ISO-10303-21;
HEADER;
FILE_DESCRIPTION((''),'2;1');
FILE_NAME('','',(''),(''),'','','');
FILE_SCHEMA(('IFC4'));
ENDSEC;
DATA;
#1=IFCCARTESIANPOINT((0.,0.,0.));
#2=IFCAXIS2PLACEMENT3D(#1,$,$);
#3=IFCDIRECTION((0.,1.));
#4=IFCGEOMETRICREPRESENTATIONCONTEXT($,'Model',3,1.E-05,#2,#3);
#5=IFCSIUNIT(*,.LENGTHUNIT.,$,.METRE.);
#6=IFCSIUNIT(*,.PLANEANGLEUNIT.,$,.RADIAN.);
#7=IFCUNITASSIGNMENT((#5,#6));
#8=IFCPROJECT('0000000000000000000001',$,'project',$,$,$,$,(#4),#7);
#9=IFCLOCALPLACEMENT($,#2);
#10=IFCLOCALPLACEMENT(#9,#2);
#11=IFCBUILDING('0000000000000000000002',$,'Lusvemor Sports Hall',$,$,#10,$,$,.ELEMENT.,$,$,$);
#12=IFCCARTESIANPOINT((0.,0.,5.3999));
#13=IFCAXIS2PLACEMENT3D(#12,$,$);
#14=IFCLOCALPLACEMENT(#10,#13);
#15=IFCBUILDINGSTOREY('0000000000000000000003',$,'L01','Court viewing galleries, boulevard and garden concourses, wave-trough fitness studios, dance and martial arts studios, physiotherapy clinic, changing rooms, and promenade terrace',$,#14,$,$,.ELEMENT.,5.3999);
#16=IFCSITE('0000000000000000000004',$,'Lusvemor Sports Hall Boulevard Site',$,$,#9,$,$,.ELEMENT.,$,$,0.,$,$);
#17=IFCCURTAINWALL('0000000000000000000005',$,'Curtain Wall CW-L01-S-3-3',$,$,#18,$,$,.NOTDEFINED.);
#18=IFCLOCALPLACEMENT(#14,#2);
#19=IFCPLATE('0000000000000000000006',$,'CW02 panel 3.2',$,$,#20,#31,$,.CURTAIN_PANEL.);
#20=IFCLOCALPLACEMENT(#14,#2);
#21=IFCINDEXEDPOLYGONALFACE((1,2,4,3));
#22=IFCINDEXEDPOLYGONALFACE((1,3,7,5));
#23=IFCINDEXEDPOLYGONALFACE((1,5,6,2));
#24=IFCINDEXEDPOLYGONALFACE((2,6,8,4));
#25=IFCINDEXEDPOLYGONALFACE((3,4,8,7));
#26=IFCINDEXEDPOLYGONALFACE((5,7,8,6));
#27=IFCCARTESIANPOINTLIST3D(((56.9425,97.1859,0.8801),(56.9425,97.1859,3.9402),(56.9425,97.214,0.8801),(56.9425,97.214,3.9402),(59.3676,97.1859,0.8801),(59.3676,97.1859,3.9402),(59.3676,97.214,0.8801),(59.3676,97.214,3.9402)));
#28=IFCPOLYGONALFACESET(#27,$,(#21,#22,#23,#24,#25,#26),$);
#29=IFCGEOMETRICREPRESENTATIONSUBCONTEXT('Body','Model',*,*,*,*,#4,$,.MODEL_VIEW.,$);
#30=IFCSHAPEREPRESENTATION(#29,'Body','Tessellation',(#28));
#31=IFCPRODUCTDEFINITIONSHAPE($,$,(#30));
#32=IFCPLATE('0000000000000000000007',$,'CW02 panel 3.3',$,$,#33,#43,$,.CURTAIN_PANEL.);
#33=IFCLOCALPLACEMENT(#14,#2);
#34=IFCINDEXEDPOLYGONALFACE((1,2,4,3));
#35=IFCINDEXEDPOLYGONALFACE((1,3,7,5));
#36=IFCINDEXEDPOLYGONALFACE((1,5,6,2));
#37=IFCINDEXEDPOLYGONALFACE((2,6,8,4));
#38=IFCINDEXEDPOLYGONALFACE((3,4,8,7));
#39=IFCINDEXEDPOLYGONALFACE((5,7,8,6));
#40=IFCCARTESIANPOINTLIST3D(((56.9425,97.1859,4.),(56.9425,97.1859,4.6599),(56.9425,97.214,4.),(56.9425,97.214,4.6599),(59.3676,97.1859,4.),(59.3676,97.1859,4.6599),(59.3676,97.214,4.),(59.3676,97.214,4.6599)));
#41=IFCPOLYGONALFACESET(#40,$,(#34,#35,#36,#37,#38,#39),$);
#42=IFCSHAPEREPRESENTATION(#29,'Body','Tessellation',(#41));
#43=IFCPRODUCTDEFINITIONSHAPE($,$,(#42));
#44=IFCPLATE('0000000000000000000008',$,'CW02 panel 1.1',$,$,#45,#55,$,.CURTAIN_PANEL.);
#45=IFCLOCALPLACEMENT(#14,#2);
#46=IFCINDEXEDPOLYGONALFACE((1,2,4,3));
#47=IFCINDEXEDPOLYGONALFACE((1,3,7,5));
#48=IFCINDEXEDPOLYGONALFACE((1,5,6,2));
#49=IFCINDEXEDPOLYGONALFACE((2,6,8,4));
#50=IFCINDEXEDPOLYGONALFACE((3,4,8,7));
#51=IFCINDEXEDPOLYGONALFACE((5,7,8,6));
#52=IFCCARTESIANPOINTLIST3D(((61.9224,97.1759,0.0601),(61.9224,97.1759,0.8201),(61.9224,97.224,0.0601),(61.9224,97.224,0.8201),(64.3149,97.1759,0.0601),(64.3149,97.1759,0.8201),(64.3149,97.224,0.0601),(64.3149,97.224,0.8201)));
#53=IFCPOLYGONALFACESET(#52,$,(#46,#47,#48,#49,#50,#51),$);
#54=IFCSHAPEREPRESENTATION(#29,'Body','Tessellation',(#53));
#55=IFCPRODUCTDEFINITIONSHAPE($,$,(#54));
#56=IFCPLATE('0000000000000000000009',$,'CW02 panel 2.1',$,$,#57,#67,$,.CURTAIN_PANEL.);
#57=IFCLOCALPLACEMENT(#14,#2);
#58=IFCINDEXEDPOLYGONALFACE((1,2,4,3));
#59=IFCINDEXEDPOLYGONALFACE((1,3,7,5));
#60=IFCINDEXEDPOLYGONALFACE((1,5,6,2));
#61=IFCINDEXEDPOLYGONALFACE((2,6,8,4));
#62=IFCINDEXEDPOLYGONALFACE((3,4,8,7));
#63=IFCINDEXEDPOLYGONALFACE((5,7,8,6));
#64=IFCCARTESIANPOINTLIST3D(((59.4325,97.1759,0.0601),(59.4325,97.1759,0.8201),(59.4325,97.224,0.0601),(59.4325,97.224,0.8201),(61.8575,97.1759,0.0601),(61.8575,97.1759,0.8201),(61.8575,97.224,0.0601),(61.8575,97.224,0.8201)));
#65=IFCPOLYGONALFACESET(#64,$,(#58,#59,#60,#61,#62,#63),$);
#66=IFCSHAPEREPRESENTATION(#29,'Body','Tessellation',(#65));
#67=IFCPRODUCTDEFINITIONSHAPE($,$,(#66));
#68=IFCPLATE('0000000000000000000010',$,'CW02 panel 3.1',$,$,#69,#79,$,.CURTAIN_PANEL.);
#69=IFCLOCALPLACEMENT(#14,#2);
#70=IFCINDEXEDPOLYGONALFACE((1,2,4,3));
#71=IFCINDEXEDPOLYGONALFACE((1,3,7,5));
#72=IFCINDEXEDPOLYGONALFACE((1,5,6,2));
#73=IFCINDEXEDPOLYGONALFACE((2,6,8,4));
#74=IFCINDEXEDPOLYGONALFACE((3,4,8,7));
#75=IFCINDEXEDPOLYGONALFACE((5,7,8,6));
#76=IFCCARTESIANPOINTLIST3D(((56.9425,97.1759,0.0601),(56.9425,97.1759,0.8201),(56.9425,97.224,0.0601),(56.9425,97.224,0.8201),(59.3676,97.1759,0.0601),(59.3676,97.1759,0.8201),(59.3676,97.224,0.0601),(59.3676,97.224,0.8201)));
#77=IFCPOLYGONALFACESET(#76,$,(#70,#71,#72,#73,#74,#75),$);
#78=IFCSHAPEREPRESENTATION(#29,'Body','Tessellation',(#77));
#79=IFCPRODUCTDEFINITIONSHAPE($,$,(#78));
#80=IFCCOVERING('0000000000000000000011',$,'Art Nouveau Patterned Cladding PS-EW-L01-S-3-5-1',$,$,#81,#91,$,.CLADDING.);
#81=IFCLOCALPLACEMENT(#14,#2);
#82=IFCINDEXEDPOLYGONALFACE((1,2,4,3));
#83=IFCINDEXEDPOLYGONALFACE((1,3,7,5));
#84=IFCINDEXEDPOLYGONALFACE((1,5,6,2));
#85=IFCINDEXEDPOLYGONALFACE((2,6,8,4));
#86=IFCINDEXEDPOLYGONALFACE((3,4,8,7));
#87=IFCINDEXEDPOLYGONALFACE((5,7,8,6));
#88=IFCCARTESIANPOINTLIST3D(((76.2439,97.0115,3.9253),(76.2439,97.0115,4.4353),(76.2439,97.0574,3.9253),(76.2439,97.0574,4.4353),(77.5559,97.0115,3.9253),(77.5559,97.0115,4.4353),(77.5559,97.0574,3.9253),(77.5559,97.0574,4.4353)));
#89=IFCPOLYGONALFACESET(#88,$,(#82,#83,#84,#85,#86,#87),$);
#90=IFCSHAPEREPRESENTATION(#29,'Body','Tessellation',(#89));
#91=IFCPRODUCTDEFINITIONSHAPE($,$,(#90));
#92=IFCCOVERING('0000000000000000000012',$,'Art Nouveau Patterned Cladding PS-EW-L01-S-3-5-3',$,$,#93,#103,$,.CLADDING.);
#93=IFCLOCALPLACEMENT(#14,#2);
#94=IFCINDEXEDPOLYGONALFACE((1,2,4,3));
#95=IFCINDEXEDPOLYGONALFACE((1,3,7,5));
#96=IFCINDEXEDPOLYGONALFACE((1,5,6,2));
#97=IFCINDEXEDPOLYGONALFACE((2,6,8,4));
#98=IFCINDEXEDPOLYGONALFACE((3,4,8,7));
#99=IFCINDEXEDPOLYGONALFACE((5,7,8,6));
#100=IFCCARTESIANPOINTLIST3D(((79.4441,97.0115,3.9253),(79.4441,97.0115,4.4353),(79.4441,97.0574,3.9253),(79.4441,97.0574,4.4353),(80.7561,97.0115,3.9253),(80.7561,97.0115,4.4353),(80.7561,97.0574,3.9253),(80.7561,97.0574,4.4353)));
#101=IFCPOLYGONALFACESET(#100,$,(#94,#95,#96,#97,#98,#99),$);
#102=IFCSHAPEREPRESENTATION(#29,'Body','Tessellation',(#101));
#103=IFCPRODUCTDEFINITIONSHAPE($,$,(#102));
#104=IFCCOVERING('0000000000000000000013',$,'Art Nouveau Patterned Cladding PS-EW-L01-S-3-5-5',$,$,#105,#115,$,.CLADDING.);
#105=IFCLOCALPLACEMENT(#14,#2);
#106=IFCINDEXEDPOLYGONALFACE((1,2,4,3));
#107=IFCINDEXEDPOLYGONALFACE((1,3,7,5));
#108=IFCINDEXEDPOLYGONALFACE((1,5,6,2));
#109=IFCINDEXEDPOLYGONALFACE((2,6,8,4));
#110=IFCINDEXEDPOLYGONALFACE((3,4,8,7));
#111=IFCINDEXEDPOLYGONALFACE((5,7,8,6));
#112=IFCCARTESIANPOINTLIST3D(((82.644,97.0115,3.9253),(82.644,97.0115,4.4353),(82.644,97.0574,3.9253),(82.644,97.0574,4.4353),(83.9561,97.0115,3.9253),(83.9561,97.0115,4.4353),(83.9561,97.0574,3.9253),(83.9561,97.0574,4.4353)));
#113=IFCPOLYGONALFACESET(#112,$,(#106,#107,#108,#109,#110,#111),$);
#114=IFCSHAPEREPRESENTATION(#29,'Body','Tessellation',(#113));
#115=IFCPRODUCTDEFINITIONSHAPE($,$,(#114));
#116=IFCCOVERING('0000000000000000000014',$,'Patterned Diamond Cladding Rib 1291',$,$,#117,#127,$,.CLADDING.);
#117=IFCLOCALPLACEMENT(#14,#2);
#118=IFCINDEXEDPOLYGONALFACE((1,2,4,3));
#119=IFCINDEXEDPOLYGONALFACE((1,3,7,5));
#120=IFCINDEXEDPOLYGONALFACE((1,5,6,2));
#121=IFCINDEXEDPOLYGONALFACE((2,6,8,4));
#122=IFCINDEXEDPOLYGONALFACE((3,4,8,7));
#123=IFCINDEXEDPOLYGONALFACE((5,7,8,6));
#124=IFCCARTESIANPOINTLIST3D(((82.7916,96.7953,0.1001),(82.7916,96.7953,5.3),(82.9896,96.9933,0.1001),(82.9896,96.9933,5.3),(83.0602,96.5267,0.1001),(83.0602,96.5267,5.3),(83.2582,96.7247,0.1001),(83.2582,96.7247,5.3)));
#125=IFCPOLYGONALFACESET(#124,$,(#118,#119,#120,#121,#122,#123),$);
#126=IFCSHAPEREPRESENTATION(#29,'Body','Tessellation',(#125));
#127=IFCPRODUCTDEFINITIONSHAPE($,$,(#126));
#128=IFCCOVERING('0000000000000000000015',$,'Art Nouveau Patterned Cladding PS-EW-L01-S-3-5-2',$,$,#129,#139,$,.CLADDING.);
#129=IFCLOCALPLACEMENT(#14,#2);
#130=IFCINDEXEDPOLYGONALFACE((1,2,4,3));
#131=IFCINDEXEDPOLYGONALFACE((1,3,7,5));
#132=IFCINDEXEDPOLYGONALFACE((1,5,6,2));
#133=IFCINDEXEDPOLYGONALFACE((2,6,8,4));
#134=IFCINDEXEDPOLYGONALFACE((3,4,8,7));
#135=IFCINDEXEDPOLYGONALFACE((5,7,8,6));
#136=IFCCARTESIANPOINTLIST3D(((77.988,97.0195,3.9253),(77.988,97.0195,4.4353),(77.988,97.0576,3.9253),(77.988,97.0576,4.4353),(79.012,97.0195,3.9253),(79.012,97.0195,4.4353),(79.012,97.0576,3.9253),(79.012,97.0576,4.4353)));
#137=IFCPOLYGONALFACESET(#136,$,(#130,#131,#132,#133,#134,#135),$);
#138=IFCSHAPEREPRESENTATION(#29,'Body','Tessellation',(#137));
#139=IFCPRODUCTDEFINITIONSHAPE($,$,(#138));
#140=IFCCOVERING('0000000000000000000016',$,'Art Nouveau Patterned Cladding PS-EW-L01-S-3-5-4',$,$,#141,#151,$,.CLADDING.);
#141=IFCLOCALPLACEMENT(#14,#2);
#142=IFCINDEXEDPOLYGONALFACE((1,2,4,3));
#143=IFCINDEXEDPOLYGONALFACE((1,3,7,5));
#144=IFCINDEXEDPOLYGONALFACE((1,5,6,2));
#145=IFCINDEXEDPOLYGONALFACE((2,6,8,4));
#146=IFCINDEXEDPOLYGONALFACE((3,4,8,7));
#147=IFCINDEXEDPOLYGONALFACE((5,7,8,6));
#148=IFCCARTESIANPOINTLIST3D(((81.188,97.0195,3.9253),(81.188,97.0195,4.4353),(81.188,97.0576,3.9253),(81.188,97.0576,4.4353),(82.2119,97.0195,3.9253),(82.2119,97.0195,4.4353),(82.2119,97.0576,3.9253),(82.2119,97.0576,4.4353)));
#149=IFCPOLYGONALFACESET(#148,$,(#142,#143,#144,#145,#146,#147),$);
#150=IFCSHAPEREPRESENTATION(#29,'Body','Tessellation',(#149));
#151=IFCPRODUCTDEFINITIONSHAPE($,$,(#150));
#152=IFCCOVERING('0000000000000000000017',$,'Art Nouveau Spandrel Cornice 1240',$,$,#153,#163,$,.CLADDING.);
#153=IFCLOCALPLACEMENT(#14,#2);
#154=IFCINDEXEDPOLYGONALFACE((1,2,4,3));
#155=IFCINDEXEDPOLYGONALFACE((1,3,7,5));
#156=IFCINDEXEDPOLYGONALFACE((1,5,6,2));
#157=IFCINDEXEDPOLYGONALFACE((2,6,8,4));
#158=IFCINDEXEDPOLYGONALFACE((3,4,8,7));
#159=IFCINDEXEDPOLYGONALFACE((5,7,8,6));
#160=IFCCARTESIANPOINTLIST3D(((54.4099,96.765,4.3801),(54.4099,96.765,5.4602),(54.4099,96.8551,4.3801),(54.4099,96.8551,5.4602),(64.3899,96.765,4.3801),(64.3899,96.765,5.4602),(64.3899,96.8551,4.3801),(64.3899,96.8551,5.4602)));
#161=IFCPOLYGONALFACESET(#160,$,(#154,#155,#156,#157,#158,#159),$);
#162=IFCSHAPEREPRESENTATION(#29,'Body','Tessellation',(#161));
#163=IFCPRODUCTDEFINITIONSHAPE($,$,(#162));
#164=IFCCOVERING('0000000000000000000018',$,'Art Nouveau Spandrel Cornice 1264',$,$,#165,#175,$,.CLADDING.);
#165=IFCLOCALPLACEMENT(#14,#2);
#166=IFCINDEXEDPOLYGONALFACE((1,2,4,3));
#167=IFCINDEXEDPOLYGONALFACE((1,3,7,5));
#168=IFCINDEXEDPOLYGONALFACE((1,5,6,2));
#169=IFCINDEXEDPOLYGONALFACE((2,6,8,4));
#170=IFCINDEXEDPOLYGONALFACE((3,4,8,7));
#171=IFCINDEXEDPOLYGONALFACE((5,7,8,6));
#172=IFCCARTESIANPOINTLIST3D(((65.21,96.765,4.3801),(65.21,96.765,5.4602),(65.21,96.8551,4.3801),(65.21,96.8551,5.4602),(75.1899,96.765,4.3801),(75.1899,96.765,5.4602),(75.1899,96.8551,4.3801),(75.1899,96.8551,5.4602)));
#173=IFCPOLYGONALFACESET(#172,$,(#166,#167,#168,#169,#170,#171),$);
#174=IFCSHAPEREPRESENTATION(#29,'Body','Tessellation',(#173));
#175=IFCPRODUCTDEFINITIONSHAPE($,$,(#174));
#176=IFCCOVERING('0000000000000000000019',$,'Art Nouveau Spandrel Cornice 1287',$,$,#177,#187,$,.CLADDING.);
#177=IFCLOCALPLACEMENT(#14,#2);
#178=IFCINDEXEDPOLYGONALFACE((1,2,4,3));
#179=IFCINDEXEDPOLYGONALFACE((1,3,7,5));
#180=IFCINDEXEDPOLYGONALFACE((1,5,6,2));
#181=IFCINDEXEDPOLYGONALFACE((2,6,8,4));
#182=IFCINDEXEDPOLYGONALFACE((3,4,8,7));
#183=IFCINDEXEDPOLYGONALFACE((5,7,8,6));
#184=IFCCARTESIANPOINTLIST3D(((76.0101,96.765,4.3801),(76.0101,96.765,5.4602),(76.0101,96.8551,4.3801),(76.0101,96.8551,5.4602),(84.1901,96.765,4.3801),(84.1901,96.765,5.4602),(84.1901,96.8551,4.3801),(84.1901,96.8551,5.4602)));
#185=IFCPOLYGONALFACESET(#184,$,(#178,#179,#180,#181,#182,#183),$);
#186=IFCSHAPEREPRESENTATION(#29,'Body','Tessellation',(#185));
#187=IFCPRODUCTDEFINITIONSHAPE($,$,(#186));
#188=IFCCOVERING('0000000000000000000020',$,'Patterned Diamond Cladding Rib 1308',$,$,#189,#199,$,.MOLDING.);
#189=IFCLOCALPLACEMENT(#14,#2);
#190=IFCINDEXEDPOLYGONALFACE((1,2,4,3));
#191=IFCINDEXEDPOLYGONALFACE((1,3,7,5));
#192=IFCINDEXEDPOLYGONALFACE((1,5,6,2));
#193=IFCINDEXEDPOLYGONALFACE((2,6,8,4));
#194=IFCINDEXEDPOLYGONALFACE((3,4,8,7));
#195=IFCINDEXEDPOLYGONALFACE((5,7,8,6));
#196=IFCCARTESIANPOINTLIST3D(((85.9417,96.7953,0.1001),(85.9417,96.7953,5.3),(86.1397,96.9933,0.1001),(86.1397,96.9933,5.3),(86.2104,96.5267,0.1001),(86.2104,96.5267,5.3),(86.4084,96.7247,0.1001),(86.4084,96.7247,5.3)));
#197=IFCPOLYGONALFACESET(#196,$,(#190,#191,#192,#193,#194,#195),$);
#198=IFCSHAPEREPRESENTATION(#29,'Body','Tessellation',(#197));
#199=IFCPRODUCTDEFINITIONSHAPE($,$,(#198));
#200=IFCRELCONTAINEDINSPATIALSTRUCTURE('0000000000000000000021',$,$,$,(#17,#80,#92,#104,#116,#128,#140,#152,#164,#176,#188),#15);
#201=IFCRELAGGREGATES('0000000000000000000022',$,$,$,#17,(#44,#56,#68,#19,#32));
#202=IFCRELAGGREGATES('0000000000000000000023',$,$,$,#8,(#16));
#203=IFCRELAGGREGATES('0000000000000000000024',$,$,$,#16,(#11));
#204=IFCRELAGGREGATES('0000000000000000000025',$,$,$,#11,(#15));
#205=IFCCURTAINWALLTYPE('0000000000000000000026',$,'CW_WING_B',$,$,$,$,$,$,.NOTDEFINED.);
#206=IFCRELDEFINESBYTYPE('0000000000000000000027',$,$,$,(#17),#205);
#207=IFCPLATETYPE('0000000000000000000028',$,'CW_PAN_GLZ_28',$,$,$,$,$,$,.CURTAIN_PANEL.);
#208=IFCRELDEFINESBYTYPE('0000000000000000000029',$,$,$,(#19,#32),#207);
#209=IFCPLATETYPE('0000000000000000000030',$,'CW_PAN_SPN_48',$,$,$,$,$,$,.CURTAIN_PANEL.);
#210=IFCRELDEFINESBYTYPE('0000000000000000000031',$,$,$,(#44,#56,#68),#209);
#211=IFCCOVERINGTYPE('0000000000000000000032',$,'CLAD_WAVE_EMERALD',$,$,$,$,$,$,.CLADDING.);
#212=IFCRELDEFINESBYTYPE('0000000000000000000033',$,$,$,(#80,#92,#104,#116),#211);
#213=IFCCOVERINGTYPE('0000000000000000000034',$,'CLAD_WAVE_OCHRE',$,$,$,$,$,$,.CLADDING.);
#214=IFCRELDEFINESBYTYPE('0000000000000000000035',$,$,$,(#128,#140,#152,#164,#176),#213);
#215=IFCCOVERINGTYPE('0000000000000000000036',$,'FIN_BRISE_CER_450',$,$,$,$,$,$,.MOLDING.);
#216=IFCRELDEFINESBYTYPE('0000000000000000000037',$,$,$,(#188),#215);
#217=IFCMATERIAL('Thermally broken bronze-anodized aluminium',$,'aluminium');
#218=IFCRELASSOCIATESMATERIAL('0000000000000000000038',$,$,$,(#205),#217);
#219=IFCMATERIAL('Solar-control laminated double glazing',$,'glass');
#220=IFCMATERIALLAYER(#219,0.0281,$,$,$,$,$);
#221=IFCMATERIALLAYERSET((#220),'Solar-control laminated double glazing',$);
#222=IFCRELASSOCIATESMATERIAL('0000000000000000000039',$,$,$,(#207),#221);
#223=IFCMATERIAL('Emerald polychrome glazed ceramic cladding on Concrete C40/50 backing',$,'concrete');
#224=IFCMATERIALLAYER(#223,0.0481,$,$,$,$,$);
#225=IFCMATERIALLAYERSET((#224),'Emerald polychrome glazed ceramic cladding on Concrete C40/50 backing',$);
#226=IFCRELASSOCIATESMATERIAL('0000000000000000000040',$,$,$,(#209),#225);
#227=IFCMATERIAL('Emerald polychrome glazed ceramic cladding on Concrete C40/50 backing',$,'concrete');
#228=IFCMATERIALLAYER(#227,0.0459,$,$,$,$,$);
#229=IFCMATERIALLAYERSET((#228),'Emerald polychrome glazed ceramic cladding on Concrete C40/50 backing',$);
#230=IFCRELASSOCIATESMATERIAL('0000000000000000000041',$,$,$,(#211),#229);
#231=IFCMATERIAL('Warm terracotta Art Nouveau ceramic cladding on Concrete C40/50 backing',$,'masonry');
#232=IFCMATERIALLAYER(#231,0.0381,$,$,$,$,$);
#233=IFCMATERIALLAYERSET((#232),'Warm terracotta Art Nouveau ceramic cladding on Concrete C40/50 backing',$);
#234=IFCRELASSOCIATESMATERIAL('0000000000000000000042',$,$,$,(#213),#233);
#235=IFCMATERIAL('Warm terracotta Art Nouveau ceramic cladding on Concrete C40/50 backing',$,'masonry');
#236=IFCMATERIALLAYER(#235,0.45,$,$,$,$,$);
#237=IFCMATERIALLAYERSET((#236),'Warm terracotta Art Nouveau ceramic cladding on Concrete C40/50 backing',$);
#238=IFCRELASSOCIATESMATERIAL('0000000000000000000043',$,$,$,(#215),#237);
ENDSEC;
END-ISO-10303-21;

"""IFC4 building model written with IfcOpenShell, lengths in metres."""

from ifc_helpers import new_model, si_unit, direction, frame, origin, origin_2d, place, context, subcontext, project, spatial, rectangle, extrude, material, layer, layer_set, type_object, element, aggregate, save


model = new_model("IFC4")

# Units and contexts
model_context = context("Model", 3, precision=1e-05, world=origin(), true_north=direction((0.0, 1.0)))
body_context = subcontext(model_context, "Body", "Model", "MODEL_VIEW")
ifc_project = project(units=[si_unit("LENGTHUNIT", "METRE"), si_unit("PLANEANGLEUNIT", "RADIAN")], contexts=[model_context])

# Site, building, storey
site_placement = place(None, origin())
site = spatial("IfcSite", under=ifc_project, at=site_placement, Name="Lusvemor Sports Hall Boulevard Site", CompositionType="ELEMENT", RefElevation=0.0)
building_placement = place(site_placement, origin())
building = spatial("IfcBuilding", under=site, at=building_placement, Name="Lusvemor Sports Hall", CompositionType="ELEMENT")
storey_placement = place(building_placement, frame((0.0, 0.0, 5.3999)))
storey = spatial("IfcBuildingStorey", under=building, at=storey_placement, Name="L01", Description="Court viewing galleries, boulevard and garden concourses, wave-trough fitness studios, dance and martial arts studios, physiotherapy clinic, changing rooms, and promenade terrace", CompositionType="ELEMENT", Elevation=5.3999)

# Curtain wall, plates
ifc_material_1 = material(Name="Thermally broken bronze-anodized aluminium", Category="aluminium")
curtain_wall_type = type_object("IfcCurtainWallType", Name="CW_WING_B", PredefinedType="NOTDEFINED", material=ifc_material_1)
curtain_wall_placement = place(storey_placement, origin())
curtain_wall = element("IfcCurtainWall", 1, at=curtain_wall_placement, inside=storey, type_object=curtain_wall_type, Name="Curtain Wall CW-L01-S-3-3", PredefinedType="NOTDEFINED")
ifc_material_2 = material(Name="Solar-control laminated double glazing", Category="glass")
ifc_layer_1 = layer(ifc_material_2, 0.0281)
ifc_layer_set_1 = layer_set([ifc_layer_1], Name="Solar-control laminated double glazing")
plate_type_1 = type_object("IfcPlateType", Name="CW_PAN_GLZ_28", PredefinedType="CURTAIN_PANEL", material=ifc_layer_set_1)
plate_1_placement = place(storey_placement, frame((58.155, 97.2, 0.8801), z_axis=(0.0, 0.0, 1.0), x_axis=(-1.0, 0.0, 0.0)))
plate_1 = element("IfcPlate", 2, at=plate_1_placement, type_object=plate_type_1, Name="CW02 panel 3.2", PredefinedType="CURTAIN_PANEL", context=body_context, shape_type="SweptSolid", body=[
    extrude(rectangle(XDim=2.425, YDim=0.0281, at=origin_2d()), origin(), (0.0, 0.0, 1.0), 3.0601),
])
plate_2_placement = place(storey_placement, frame((58.155, 97.2, 4.0), z_axis=(0.0, 0.0, 1.0), x_axis=(-1.0, 0.0, 0.0)))
plate_2 = element("IfcPlate", 3, at=plate_2_placement, type_object=plate_type_1, Name="CW02 panel 3.3", PredefinedType="CURTAIN_PANEL", context=body_context, shape_type="SweptSolid", body=[
    extrude(rectangle(XDim=2.425, YDim=0.0281, at=origin_2d()), origin(), (0.0, 0.0, 1.0), 0.6599),
])
ifc_material_3 = material(Name="Emerald polychrome glazed ceramic cladding on Concrete C40/50 backing", Category="concrete")
ifc_layer_2 = layer(ifc_material_3, 0.0481)
ifc_layer_set_2 = layer_set([ifc_layer_2], Name="Emerald polychrome glazed ceramic cladding on Concrete C40/50 backing")
plate_type_2 = type_object("IfcPlateType", Name="CW_PAN_SPN_48", PredefinedType="CURTAIN_PANEL", material=ifc_layer_set_2)
plate_3_placement = place(storey_placement, frame((63.1187, 97.2, 0.0601), z_axis=(0.0, 0.0, 1.0), x_axis=(-1.0, 0.0, 0.0)))
plate_3 = element("IfcPlate", 4, at=plate_3_placement, type_object=plate_type_2, Name="CW02 panel 1.1", PredefinedType="CURTAIN_PANEL", context=body_context, shape_type="SweptSolid", body=[
    extrude(rectangle(XDim=2.3926, YDim=0.0481, at=origin_2d()), origin(), (0.0, 0.0, 1.0), 0.76),
])
plate_4_placement = place(storey_placement, frame((60.645, 97.2, 0.0601), z_axis=(0.0, 0.0, 1.0), x_axis=(-1.0, 0.0, 0.0)))
plate_4 = element("IfcPlate", 5, at=plate_4_placement, type_object=plate_type_2, Name="CW02 panel 2.1", PredefinedType="CURTAIN_PANEL", context=body_context, shape_type="SweptSolid", body=[
    extrude(rectangle(XDim=2.425, YDim=0.0481, at=origin_2d()), origin(), (0.0, 0.0, 1.0), 0.76),
])
plate_5_placement = place(storey_placement, frame((58.155, 97.2, 0.0601), z_axis=(0.0, 0.0, 1.0), x_axis=(-1.0, 0.0, 0.0)))
plate_5 = element("IfcPlate", 6, at=plate_5_placement, type_object=plate_type_2, Name="CW02 panel 3.1", PredefinedType="CURTAIN_PANEL", context=body_context, shape_type="SweptSolid", body=[
    extrude(rectangle(XDim=2.425, YDim=0.0481, at=origin_2d()), origin(), (0.0, 0.0, 1.0), 0.76),
])
aggregate(curtain_wall, [plate_3, plate_4, plate_5, plate_1, plate_2])

# Coverings
ifc_material_4 = material(Name="Emerald polychrome glazed ceramic cladding on Concrete C40/50 backing", Category="concrete")
ifc_layer_3 = layer(ifc_material_4, 0.0459)
ifc_layer_set_3 = layer_set([ifc_layer_3], Name="Emerald polychrome glazed ceramic cladding on Concrete C40/50 backing")
covering_type_1 = type_object("IfcCoveringType", Name="CLAD_WAVE_EMERALD", PredefinedType="CLADDING", material=ifc_layer_set_3)
for number, where, z_axis, x_axis, name in (
    (7, (76.8999, 97.0344, 3.9253), (0.0, 0.0, 1.0), (1.0, 0.0, 0.0), "Art Nouveau Patterned Cladding PS-EW-L01-S-3-5-1"),
    (8, (80.1001, 97.0344, 3.9253), (0.0, 0.0, 1.0), (1.0, 0.0, 0.0), "Art Nouveau Patterned Cladding PS-EW-L01-S-3-5-3"),
    (9, (83.3, 97.0344, 3.9253), (0.0, 0.0, 1.0), (1.0, 0.0, 0.0), "Art Nouveau Patterned Cladding PS-EW-L01-S-3-5-5"),
):
    element("IfcCovering", number, at=place(storey_placement, frame(where, z_axis=z_axis, x_axis=x_axis)), inside=storey, type_object=covering_type_1, Name=name, PredefinedType="CLADDING", context=body_context, shape_type="SweptSolid", body=[
        extrude(rectangle(XDim=1.312, YDim=0.0459, at=origin_2d()), origin(), (0.0, 0.0, 1.0), 0.51),
    ])
covering_1_placement = place(storey_placement, frame((83.0249, 96.76, 0.1001), z_axis=(0.0, 0.0, 1.0), x_axis=(0.707107, 0.707107, 0.0)))
element("IfcCovering", 10, at=covering_1_placement, inside=storey, type_object=covering_type_1, Name="Patterned Diamond Cladding Rib 1291", PredefinedType="CLADDING", context=body_context, shape_type="SweptSolid", body=[
    extrude(rectangle(XDim=0.28, YDim=0.3799, at=origin_2d()), origin(), (0.0, 0.0, 1.0), 5.2),
])
ifc_material_5 = material(Name="Warm terracotta Art Nouveau ceramic cladding on Concrete C40/50 backing", Category="masonry")
ifc_layer_4 = layer(ifc_material_5, 0.0381)
ifc_layer_set_4 = layer_set([ifc_layer_4], Name="Warm terracotta Art Nouveau ceramic cladding on Concrete C40/50 backing")
covering_type_2 = type_object("IfcCoveringType", Name="CLAD_WAVE_OCHRE", PredefinedType="CLADDING", material=ifc_layer_set_4)
for number, where, z_axis, x_axis, name in (
    (11, (78.5, 97.0386, 3.9253), (0.0, 0.0, 1.0), (1.0, 0.0, 0.0), "Art Nouveau Patterned Cladding PS-EW-L01-S-3-5-2"),
    (12, (81.7, 97.0386, 3.9253), (0.0, 0.0, 1.0), (1.0, 0.0, 0.0), "Art Nouveau Patterned Cladding PS-EW-L01-S-3-5-4"),
):
    element("IfcCovering", number, at=place(storey_placement, frame(where, z_axis=z_axis, x_axis=x_axis)), inside=storey, type_object=covering_type_2, Name=name, PredefinedType="CLADDING", context=body_context, shape_type="SweptSolid", body=[
        extrude(rectangle(XDim=1.0239, YDim=0.0381, at=origin_2d()), origin(), (0.0, 0.0, 1.0), 0.51),
    ])
for number, where, z_axis, x_axis, name in (
    (13, (59.3999, 96.8101, 4.3801), (0.0, 0.0, 1.0), (1.0, 0.0, 0.0), "Art Nouveau Spandrel Cornice 1240"),
    (14, (70.2, 96.8101, 4.3801), (0.0, 0.0, 1.0), (1.0, 0.0, 0.0), "Art Nouveau Spandrel Cornice 1264"),
):
    element("IfcCovering", number, at=place(storey_placement, frame(where, z_axis=z_axis, x_axis=x_axis)), inside=storey, type_object=covering_type_2, Name=name, PredefinedType="CLADDING", context=body_context, shape_type="SweptSolid", body=[
        extrude(rectangle(XDim=9.98, YDim=0.0901, at=origin_2d()), origin(), (0.0, 0.0, 1.0), 1.0801),
    ])
covering_2_placement = place(storey_placement, frame((80.1001, 96.8101, 4.3801), z_axis=(0.0, 0.0, 1.0), x_axis=(1.0, 0.0, 0.0)))
element("IfcCovering", 15, at=covering_2_placement, inside=storey, type_object=covering_type_2, Name="Art Nouveau Spandrel Cornice 1287", PredefinedType="CLADDING", context=body_context, shape_type="SweptSolid", body=[
    extrude(rectangle(XDim=8.1799, YDim=0.0901, at=origin_2d()), origin(), (0.0, 0.0, 1.0), 1.0801),
])
ifc_material_6 = material(Name="Warm terracotta Art Nouveau ceramic cladding on Concrete C40/50 backing", Category="masonry")
ifc_layer_5 = layer(ifc_material_6, 0.45)
ifc_layer_set_5 = layer_set([ifc_layer_5], Name="Warm terracotta Art Nouveau ceramic cladding on Concrete C40/50 backing")
covering_type_3 = type_object("IfcCoveringType", Name="FIN_BRISE_CER_450", PredefinedType="MOLDING", material=ifc_layer_set_5)
covering_3_placement = place(storey_placement, frame((86.175, 96.76, 0.1001), z_axis=(0.0, 0.0, 1.0), x_axis=(0.707107, 0.707107, 0.0)))
element("IfcCovering", 16, at=covering_3_placement, inside=storey, type_object=covering_type_3, Name="Patterned Diamond Cladding Rib 1308", PredefinedType="MOLDING", context=body_context, shape_type="SweptSolid", body=[
    extrude(rectangle(XDim=0.28, YDim=0.3799, at=origin_2d()), origin(), (0.0, 0.0, 1.0), 5.2),
])

save(model, "model.ifc")
